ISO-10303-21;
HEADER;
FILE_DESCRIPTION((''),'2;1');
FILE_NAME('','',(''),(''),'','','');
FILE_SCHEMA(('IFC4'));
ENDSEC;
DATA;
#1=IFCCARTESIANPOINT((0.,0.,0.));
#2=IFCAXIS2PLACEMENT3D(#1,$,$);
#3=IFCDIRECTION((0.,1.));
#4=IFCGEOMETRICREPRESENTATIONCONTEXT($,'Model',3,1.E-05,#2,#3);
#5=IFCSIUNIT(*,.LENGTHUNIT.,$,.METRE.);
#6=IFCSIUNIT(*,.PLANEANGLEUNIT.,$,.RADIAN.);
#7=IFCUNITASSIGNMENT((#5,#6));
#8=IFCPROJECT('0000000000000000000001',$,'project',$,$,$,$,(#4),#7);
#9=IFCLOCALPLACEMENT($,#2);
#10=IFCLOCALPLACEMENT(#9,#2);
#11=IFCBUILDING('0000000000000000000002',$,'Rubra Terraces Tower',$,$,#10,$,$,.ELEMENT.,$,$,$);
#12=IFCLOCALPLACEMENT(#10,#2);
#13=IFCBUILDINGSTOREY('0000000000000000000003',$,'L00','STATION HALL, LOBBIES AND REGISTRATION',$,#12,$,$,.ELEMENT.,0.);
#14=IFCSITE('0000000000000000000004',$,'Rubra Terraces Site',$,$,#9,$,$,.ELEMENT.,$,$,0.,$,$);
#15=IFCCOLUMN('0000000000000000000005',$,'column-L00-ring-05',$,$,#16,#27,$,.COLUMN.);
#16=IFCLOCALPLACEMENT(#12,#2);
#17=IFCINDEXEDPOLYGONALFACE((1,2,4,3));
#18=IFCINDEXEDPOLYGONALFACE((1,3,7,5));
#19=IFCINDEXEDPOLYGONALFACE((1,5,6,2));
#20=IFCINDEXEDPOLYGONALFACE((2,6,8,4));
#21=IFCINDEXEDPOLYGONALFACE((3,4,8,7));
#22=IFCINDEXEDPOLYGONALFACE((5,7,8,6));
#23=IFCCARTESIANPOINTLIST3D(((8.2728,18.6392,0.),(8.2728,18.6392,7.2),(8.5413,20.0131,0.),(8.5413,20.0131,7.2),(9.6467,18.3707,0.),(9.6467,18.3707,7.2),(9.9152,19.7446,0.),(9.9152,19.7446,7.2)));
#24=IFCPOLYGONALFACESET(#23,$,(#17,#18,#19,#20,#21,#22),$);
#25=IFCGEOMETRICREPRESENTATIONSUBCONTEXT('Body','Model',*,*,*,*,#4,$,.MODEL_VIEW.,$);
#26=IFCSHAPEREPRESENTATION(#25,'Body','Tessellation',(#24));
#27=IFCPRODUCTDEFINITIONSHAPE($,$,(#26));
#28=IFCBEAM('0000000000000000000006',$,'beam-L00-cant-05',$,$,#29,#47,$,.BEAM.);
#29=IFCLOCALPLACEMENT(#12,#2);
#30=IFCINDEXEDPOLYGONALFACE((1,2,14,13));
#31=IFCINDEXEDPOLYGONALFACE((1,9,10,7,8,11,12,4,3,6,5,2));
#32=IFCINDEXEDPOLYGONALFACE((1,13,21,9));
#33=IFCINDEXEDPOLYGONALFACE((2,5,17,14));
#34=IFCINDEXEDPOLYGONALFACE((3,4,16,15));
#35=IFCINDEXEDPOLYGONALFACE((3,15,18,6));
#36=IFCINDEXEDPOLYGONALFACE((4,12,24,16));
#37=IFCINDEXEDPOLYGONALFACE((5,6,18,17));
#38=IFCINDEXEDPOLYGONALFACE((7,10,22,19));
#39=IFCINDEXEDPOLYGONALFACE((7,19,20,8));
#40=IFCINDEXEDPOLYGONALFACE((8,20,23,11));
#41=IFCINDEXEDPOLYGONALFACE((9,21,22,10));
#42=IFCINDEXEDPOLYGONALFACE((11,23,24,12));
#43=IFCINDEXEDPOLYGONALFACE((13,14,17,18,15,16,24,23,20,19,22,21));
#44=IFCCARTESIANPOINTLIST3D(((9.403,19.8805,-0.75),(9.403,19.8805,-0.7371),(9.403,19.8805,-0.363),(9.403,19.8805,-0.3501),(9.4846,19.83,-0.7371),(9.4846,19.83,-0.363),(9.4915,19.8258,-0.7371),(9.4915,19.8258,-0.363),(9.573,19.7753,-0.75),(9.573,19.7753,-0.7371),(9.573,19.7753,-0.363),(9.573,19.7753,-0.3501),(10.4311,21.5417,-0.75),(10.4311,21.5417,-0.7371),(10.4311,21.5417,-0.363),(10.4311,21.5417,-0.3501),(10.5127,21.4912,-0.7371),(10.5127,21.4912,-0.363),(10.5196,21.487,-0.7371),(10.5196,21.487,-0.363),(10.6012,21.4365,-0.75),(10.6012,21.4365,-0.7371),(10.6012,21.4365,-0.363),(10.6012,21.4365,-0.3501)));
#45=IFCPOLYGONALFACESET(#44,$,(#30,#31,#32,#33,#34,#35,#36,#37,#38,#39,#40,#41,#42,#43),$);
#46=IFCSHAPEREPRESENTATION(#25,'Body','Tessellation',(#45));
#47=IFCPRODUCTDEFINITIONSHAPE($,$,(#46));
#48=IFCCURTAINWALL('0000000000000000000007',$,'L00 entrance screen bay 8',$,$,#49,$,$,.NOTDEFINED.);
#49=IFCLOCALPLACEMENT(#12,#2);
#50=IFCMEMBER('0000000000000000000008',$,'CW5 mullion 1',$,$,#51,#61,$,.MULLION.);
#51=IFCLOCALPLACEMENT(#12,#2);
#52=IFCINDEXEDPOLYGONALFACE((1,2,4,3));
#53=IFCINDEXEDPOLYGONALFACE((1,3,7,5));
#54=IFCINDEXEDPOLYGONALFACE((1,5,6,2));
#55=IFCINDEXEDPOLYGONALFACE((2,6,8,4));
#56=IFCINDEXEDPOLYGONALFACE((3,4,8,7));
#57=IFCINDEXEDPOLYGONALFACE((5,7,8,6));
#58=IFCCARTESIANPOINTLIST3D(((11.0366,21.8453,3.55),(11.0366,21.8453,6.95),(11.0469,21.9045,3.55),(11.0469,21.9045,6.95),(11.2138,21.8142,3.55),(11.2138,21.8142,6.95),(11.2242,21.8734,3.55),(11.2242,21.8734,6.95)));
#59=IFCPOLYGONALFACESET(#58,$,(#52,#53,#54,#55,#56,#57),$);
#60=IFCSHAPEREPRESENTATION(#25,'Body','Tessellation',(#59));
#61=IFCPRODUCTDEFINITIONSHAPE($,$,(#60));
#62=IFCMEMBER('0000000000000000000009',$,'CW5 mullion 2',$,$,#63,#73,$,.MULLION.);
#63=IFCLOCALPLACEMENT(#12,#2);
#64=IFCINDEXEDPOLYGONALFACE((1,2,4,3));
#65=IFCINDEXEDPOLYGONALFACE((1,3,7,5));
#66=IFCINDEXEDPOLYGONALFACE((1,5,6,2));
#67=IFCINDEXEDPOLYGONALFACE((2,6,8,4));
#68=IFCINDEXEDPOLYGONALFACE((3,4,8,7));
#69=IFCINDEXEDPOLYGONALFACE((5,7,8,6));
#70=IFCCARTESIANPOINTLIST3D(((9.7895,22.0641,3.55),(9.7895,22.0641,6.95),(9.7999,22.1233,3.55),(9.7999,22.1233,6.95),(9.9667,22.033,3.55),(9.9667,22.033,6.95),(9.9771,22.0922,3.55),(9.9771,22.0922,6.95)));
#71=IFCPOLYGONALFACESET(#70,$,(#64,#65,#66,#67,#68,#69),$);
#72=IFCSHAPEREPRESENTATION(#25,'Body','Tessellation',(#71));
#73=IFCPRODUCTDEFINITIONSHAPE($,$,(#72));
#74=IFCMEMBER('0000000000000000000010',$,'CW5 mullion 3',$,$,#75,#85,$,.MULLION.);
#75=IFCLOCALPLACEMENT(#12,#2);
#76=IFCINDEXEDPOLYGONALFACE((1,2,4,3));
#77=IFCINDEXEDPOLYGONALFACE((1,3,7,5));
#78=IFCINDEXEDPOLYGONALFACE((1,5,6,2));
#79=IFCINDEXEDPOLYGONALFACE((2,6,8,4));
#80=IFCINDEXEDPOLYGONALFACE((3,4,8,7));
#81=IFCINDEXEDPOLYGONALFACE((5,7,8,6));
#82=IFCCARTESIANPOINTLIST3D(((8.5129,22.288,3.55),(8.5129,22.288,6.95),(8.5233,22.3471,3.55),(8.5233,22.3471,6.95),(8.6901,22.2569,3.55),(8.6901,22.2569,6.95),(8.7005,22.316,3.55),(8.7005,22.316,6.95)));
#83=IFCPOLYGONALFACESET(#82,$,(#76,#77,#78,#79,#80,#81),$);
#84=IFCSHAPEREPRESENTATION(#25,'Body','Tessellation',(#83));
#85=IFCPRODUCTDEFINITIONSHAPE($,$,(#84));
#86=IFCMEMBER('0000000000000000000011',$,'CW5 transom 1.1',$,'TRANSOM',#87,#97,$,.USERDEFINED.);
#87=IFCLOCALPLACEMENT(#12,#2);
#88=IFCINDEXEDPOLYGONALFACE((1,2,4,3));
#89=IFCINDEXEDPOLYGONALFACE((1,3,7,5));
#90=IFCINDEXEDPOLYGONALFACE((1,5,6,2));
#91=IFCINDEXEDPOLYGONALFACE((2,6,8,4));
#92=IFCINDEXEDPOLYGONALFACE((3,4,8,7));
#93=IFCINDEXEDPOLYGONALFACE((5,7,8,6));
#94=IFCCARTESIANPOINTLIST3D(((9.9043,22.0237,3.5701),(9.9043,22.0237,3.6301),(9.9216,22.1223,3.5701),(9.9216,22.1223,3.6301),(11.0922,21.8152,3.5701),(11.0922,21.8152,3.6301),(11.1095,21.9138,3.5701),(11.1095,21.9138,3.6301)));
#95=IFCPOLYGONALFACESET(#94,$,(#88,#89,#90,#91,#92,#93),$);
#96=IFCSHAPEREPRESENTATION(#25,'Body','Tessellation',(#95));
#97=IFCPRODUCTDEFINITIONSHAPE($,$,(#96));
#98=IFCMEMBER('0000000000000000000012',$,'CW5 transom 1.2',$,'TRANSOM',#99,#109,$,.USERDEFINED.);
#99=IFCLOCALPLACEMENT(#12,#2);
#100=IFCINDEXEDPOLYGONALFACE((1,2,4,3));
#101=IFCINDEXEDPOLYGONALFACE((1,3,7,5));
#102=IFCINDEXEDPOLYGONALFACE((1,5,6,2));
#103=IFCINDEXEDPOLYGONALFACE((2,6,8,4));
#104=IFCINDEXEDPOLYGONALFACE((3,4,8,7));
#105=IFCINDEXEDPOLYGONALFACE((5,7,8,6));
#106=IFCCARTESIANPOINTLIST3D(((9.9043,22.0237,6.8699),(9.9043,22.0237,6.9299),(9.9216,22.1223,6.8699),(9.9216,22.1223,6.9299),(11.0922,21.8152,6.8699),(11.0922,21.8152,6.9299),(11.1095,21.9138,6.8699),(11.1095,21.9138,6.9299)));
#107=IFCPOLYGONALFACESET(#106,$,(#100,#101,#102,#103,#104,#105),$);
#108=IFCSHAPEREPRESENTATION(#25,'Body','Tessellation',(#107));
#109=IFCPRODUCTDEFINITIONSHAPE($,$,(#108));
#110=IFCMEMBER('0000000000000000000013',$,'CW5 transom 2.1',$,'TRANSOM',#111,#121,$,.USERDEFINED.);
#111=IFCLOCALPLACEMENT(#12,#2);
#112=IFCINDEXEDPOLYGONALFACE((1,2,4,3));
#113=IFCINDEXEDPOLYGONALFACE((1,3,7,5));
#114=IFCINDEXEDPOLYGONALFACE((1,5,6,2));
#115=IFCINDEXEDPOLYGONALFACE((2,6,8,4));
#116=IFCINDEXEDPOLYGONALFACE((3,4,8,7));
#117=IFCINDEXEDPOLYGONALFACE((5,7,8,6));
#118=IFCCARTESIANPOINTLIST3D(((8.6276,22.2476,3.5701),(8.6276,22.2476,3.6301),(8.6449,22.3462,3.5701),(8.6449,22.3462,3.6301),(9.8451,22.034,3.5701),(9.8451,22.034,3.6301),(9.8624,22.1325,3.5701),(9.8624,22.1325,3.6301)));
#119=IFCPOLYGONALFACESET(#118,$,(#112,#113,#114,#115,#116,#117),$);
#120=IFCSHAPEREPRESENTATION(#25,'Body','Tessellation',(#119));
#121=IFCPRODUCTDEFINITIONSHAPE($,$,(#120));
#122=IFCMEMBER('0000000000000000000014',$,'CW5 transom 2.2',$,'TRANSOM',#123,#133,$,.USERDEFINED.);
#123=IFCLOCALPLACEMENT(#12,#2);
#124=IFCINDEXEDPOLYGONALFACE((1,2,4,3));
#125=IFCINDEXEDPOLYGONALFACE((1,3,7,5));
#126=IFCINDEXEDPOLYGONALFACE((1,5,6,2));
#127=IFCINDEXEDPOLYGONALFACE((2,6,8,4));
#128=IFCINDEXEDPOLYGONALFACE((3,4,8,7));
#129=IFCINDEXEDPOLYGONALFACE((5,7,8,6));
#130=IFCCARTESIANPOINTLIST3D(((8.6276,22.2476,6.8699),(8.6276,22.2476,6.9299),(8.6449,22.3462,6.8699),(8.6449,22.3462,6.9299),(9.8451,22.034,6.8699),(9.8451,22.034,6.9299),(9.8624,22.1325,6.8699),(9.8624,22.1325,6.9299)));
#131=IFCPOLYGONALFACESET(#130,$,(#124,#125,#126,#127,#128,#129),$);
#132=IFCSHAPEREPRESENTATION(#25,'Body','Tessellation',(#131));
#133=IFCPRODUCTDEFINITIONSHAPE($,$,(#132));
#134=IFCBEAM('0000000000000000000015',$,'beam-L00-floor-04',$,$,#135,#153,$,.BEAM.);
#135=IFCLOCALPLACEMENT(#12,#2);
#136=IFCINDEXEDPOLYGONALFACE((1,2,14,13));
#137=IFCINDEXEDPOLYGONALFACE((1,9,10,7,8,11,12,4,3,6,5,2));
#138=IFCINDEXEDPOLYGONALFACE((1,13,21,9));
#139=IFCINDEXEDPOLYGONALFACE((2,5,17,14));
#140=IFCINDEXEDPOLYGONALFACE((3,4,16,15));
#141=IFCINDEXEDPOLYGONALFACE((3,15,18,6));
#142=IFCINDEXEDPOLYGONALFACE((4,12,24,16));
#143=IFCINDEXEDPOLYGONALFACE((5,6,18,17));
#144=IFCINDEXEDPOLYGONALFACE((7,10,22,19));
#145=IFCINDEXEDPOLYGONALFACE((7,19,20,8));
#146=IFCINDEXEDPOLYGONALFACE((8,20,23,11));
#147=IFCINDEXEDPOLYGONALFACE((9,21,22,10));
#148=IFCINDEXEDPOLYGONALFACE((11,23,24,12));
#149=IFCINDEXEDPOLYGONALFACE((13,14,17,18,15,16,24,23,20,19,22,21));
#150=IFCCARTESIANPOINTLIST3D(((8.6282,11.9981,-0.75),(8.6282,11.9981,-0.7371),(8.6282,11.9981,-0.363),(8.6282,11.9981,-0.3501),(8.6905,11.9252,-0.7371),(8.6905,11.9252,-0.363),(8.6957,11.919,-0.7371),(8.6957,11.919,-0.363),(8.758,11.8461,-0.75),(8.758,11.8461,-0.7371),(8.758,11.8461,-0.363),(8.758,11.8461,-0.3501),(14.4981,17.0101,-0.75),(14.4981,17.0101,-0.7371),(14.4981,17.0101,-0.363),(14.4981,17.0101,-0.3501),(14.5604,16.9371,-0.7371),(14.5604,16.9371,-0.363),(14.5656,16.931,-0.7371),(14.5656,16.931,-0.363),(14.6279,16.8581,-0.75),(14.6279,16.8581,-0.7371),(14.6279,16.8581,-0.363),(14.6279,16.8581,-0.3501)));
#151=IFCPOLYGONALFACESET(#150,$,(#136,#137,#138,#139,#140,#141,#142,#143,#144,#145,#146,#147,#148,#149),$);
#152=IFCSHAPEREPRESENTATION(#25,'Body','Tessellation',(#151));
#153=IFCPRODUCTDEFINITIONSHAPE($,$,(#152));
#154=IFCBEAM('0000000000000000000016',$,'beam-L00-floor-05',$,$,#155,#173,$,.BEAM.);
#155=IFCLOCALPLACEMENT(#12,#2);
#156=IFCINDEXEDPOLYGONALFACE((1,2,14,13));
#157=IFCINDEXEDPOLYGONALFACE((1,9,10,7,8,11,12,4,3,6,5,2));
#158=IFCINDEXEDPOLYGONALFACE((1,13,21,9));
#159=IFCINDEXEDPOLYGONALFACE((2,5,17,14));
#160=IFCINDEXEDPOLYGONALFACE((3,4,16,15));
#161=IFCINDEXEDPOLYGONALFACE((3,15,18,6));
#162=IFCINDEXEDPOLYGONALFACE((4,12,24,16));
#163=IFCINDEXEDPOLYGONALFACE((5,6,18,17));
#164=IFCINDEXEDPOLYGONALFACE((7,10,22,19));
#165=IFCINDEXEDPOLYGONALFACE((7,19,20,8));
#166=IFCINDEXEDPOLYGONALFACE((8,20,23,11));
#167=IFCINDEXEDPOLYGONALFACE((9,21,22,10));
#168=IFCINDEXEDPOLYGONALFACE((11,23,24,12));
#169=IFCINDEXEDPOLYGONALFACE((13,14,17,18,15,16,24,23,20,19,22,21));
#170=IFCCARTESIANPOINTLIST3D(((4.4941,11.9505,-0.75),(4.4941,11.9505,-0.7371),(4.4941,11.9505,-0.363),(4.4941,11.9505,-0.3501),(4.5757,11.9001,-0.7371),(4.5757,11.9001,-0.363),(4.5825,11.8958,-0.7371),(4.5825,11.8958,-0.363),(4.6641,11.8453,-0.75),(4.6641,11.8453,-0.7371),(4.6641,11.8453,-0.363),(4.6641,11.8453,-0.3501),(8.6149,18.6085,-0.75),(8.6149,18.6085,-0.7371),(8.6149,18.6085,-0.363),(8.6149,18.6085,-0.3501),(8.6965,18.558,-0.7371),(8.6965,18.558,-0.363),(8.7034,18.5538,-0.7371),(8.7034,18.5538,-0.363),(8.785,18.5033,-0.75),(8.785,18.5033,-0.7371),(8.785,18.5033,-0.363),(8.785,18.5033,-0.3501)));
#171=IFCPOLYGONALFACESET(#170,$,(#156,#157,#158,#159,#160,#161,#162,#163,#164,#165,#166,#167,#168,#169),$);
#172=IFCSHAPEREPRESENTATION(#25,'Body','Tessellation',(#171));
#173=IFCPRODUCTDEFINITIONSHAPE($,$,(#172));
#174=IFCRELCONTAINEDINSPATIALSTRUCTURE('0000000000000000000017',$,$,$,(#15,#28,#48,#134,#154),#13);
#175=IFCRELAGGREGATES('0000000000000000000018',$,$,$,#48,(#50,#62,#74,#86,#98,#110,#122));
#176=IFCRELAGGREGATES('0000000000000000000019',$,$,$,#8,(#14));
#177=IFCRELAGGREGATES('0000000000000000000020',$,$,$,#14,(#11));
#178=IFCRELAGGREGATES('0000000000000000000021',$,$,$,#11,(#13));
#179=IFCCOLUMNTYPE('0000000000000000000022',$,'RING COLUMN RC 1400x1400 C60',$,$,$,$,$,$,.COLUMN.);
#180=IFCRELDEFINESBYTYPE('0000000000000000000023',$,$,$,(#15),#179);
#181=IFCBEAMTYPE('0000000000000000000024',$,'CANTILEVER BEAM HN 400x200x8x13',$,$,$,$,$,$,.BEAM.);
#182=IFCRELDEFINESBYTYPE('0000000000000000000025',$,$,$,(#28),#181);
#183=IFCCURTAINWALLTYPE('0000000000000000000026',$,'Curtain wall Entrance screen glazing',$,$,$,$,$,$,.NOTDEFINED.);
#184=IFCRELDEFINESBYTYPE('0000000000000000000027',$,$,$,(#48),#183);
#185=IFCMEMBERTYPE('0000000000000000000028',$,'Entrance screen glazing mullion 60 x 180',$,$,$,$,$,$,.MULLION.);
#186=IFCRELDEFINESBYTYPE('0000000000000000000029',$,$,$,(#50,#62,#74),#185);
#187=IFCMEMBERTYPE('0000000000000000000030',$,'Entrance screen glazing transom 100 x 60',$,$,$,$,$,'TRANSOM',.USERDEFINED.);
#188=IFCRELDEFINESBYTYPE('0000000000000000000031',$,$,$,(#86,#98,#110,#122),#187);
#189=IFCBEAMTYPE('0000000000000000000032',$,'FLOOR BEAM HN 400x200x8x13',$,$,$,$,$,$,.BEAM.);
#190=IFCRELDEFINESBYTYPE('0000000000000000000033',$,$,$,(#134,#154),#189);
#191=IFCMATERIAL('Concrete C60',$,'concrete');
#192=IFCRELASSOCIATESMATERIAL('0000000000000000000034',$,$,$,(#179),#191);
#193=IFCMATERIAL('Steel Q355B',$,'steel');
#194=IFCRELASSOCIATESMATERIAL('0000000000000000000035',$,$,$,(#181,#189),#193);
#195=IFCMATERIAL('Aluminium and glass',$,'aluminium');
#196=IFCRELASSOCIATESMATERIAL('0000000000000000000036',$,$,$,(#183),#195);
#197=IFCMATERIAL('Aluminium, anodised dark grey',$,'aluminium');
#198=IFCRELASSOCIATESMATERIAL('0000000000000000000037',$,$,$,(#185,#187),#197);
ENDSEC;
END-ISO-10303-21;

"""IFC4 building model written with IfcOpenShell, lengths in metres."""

from ifc_helpers import new_model, si_unit, direction, frame, origin, origin_2d, place, context, subcontext, project, spatial, rectangle, i_section, extrude, material, material_profile, profile_set, type_object, element, aggregate, save


model = new_model("IFC4")

# Units and contexts
model_context = context("Model", 3, precision=1e-05, world=origin(), true_north=direction((0.0, 1.0)))
body_context = subcontext(model_context, "Body", "Model", "MODEL_VIEW")
ifc_project = project(units=[si_unit("LENGTHUNIT", "METRE"), si_unit("PLANEANGLEUNIT", "RADIAN")], contexts=[model_context])

# Site, building, storey
site_placement = place(None, origin())
site = spatial("IfcSite", under=ifc_project, at=site_placement, Name="Rubra Terraces Site", CompositionType="ELEMENT", RefElevation=0.0)
building_placement = place(site_placement, origin())
building = spatial("IfcBuilding", under=site, at=building_placement, Name="Rubra Terraces Tower", CompositionType="ELEMENT")
storey_placement = place(building_placement, origin())
storey = spatial("IfcBuildingStorey", under=building, at=storey_placement, Name="L00", Description="STATION HALL, LOBBIES AND REGISTRATION", CompositionType="ELEMENT", Elevation=0.0)

# Column
ifc_material_1 = material(Name="Concrete C60", Category="concrete")
ifc_material_profile_1 = material_profile(ifc_material_1, rectangle(XDim=1.3999, YDim=1.3999, at=origin_2d()), Name="RC 1400x1400")
ifc_profile_set_1 = profile_set([ifc_material_profile_1], Name="Concrete C60")
column_type = type_object("IfcColumnType", Name="RING COLUMN RC 1400x1400 C60", PredefinedType="COLUMN", material=ifc_profile_set_1)
column_placement = place(storey_placement, frame((9.094, 19.1919, 0.0), z_axis=(0.0, 0.0, 1.0), x_axis=(-0.98143, 0.191819, 0.0)))
element("IfcColumn", 1, at=column_placement, inside=storey, type_object=column_type, Name="column-L00-ring-05", PredefinedType="COLUMN", context=body_context, shape_type="SweptSolid", body=[
    extrude(rectangle(XDim=1.3999, YDim=1.3999, at=origin_2d()), origin(), (0.0, 0.0, 1.0), 7.2),
])

# Beam
ifc_material_2 = material(Name="Steel Q355B", Category="steel")
ifc_material_profile_2 = material_profile(ifc_material_2, i_section(OverallWidth=0.2, OverallDepth=0.3999, WebThickness=0.0081, FlangeThickness=0.0129, at=origin_2d()), Name="HN 400x200x8x13")
ifc_profile_set_2 = profile_set([ifc_material_profile_2], Name="Steel Q355B")
beam_type_1 = type_object("IfcBeamType", Name="CANTILEVER BEAM HN 400x200x8x13", PredefinedType="BEAM", material=ifc_profile_set_2)
beam_1_placement = place(storey_placement, frame((9.488, 19.8279, -0.55), z_axis=(0.526264, 0.850321, 0.0), x_axis=(-0.850321, 0.526264, 0.0)))
element("IfcBeam", 2, at=beam_1_placement, inside=storey, type_object=beam_type_1, Name="beam-L00-cant-05", PredefinedType="BEAM", context=body_context, shape_type="SweptSolid", body=[
    extrude(i_section(OverallWidth=0.2, OverallDepth=0.3999, WebThickness=0.0081, FlangeThickness=0.0129, at=origin_2d()), origin(), (0.0, 0.0, 1.0), 1.9536),
])

# Curtain wall, members
ifc_material_3 = material(Name="Aluminium and glass", Category="aluminium")
curtain_wall_type = type_object("IfcCurtainWallType", Name="Curtain wall Entrance screen glazing", PredefinedType="NOTDEFINED", material=ifc_material_3)
curtain_wall_placement = place(storey_placement, origin())
curtain_wall = element("IfcCurtainWall", 3, at=curtain_wall_placement, inside=storey, type_object=curtain_wall_type, Name="L00 entrance screen bay 8", PredefinedType="NOTDEFINED")
ifc_material_4 = material(Name="Aluminium, anodised dark grey", Category="aluminium")
ifc_material_profile_3 = material_profile(ifc_material_4, rectangle(XDim=0.0601, YDim=0.1799, at=origin_2d()), Name="AL 60x180")
ifc_profile_set_3 = profile_set([ifc_material_profile_3], Name="Aluminium, anodised dark grey")
member_type_1 = type_object("IfcMemberType", Name="Entrance screen glazing mullion 60 x 180", PredefinedType="MULLION", material=ifc_profile_set_3)
member_1_placement = place(storey_placement, frame((11.1304, 21.8594, 3.55), z_axis=(0.0, 0.0, 1.0), x_axis=(-0.172817, -0.984954, 0.0)))
member_1 = element("IfcMember", 4, at=member_1_placement, type_object=member_type_1, Name="CW5 mullion 1", PredefinedType="MULLION", context=body_context, shape_type="SweptSolid", body=[
    extrude(rectangle(XDim=0.0601, YDim=0.1799, at=origin_2d()), origin(), (0.0, 0.0, 1.0), 3.3999),
])
member_2_placement = place(storey_placement, frame((9.8833, 22.0781, 3.55), z_axis=(0.0, 0.0, 1.0), x_axis=(-0.172817, -0.984954, 0.0)))
member_2 = element("IfcMember", 5, at=member_2_placement, type_object=member_type_1, Name="CW5 mullion 2", PredefinedType="MULLION", context=body_context, shape_type="SweptSolid", body=[
    extrude(rectangle(XDim=0.0601, YDim=0.1799, at=origin_2d()), origin(), (0.0, 0.0, 1.0), 3.3999),
])
member_3_placement = place(storey_placement, frame((8.6067, 22.302, 3.55), z_axis=(0.0, 0.0, 1.0), x_axis=(-0.172817, -0.984954, 0.0)))
member_3 = element("IfcMember", 6, at=member_3_placement, type_object=member_type_1, Name="CW5 mullion 3", PredefinedType="MULLION", context=body_context, shape_type="SweptSolid", body=[
    extrude(rectangle(XDim=0.0601, YDim=0.1799, at=origin_2d()), origin(), (0.0, 0.0, 1.0), 3.3999),
])
ifc_material_profile_4 = material_profile(ifc_material_4, rectangle(XDim=0.1001, YDim=0.0601, at=origin_2d()), Name="AL 100x60")
ifc_profile_set_4 = profile_set([ifc_material_profile_4], Name="Aluminium, anodised dark grey")
member_type_2 = type_object("IfcMemberType", Name="Entrance screen glazing transom 100 x 60", ElementType="TRANSOM", PredefinedType="USERDEFINED", material=ifc_profile_set_4)
member_4_placement = place(storey_placement, frame((11.1008, 21.8645, 3.6001), z_axis=(-0.984946, 0.172861, 0.0), x_axis=(-0.172861, -0.984946, 0.0)))
member_4 = element("IfcMember", 7, at=member_4_placement, type_object=member_type_2, Name="CW5 transom 1.1", ObjectType="TRANSOM", PredefinedType="USERDEFINED", context=body_context, shape_type="SweptSolid", body=[
    extrude(rectangle(XDim=0.1001, YDim=0.0601, at=origin_2d()), origin(), (0.0, 0.0, 1.0), 1.2061),
])
member_5_placement = place(storey_placement, frame((11.1008, 21.8645, 6.8999), z_axis=(-0.984946, 0.172861, 0.0), x_axis=(-0.172861, -0.984946, 0.0)))
member_5 = element("IfcMember", 8, at=member_5_placement, type_object=member_type_2, Name="CW5 transom 1.2", ObjectType="TRANSOM", PredefinedType="USERDEFINED", context=body_context, shape_type="SweptSolid", body=[
    extrude(rectangle(XDim=0.1001, YDim=0.0601, at=origin_2d()), origin(), (0.0, 0.0, 1.0), 1.2061),
])
member_6_placement = place(storey_placement, frame((9.8538, 22.0833, 3.6001), z_axis=(-0.984954, 0.172816, 0.0), x_axis=(-0.172816, -0.984954, 0.0)))
member_6 = element("IfcMember", 9, at=member_6_placement, type_object=member_type_2, Name="CW5 transom 2.1", ObjectType="TRANSOM", PredefinedType="USERDEFINED", context=body_context, shape_type="SweptSolid", body=[
    extrude(rectangle(XDim=0.1001, YDim=0.0601, at=origin_2d()), origin(), (0.0, 0.0, 1.0), 1.2361),
])
member_7_placement = place(storey_placement, frame((9.8538, 22.0833, 6.8999), z_axis=(-0.984954, 0.172816, 0.0), x_axis=(-0.172816, -0.984954, 0.0)))
member_7 = element("IfcMember", 10, at=member_7_placement, type_object=member_type_2, Name="CW5 transom 2.2", ObjectType="TRANSOM", PredefinedType="USERDEFINED", context=body_context, shape_type="SweptSolid", body=[
    extrude(rectangle(XDim=0.1001, YDim=0.0601, at=origin_2d()), origin(), (0.0, 0.0, 1.0), 1.2361),
])

# Beams
ifc_material_profile_5 = material_profile(ifc_material_2, i_section(OverallWidth=0.2, OverallDepth=0.3999, WebThickness=0.0081, FlangeThickness=0.0129, at=origin_2d()), Name="HN 400x200x8x13")
ifc_profile_set_5 = profile_set([ifc_material_profile_5], Name="Steel Q355B")
beam_type_2 = type_object("IfcBeamType", Name="FLOOR BEAM HN 400x200x8x13", PredefinedType="BEAM", material=ifc_profile_set_5)
beam_2_placement = place(storey_placement, frame((14.563, 16.9341, -0.55), z_axis=(-0.760494, -0.649344, 0.0), x_axis=(0.649344, -0.760494, 0.0)))
element("IfcBeam", 11, at=beam_2_placement, inside=storey, type_object=beam_type_2, Name="beam-L00-floor-04", PredefinedType="BEAM", context=body_context, shape_type="SweptSolid", body=[
    extrude(i_section(OverallWidth=0.2, OverallDepth=0.3999, WebThickness=0.0081, FlangeThickness=0.0129, at=origin_2d()), origin(), (0.0, 0.0, 1.0), 7.7185),
])
beam_3_placement = place(storey_placement, frame((8.7, 18.5559, -0.55), z_axis=(-0.526286, -0.850308, 0.0), x_axis=(0.850308, -0.526286, 0.0)))
element("IfcBeam", 12, at=beam_3_placement, inside=storey, type_object=beam_type_2, Name="beam-L00-floor-05", PredefinedType="BEAM", context=body_context, shape_type="SweptSolid", body=[
    extrude(i_section(OverallWidth=0.2, OverallDepth=0.3999, WebThickness=0.0081, FlangeThickness=0.0129, at=origin_2d()), origin(), (0.0, 0.0, 1.0), 7.8301),
])

aggregate(curtain_wall, [member_1, member_2, member_3, member_4, member_5, member_6, member_7])

save(model, "model.ifc")
